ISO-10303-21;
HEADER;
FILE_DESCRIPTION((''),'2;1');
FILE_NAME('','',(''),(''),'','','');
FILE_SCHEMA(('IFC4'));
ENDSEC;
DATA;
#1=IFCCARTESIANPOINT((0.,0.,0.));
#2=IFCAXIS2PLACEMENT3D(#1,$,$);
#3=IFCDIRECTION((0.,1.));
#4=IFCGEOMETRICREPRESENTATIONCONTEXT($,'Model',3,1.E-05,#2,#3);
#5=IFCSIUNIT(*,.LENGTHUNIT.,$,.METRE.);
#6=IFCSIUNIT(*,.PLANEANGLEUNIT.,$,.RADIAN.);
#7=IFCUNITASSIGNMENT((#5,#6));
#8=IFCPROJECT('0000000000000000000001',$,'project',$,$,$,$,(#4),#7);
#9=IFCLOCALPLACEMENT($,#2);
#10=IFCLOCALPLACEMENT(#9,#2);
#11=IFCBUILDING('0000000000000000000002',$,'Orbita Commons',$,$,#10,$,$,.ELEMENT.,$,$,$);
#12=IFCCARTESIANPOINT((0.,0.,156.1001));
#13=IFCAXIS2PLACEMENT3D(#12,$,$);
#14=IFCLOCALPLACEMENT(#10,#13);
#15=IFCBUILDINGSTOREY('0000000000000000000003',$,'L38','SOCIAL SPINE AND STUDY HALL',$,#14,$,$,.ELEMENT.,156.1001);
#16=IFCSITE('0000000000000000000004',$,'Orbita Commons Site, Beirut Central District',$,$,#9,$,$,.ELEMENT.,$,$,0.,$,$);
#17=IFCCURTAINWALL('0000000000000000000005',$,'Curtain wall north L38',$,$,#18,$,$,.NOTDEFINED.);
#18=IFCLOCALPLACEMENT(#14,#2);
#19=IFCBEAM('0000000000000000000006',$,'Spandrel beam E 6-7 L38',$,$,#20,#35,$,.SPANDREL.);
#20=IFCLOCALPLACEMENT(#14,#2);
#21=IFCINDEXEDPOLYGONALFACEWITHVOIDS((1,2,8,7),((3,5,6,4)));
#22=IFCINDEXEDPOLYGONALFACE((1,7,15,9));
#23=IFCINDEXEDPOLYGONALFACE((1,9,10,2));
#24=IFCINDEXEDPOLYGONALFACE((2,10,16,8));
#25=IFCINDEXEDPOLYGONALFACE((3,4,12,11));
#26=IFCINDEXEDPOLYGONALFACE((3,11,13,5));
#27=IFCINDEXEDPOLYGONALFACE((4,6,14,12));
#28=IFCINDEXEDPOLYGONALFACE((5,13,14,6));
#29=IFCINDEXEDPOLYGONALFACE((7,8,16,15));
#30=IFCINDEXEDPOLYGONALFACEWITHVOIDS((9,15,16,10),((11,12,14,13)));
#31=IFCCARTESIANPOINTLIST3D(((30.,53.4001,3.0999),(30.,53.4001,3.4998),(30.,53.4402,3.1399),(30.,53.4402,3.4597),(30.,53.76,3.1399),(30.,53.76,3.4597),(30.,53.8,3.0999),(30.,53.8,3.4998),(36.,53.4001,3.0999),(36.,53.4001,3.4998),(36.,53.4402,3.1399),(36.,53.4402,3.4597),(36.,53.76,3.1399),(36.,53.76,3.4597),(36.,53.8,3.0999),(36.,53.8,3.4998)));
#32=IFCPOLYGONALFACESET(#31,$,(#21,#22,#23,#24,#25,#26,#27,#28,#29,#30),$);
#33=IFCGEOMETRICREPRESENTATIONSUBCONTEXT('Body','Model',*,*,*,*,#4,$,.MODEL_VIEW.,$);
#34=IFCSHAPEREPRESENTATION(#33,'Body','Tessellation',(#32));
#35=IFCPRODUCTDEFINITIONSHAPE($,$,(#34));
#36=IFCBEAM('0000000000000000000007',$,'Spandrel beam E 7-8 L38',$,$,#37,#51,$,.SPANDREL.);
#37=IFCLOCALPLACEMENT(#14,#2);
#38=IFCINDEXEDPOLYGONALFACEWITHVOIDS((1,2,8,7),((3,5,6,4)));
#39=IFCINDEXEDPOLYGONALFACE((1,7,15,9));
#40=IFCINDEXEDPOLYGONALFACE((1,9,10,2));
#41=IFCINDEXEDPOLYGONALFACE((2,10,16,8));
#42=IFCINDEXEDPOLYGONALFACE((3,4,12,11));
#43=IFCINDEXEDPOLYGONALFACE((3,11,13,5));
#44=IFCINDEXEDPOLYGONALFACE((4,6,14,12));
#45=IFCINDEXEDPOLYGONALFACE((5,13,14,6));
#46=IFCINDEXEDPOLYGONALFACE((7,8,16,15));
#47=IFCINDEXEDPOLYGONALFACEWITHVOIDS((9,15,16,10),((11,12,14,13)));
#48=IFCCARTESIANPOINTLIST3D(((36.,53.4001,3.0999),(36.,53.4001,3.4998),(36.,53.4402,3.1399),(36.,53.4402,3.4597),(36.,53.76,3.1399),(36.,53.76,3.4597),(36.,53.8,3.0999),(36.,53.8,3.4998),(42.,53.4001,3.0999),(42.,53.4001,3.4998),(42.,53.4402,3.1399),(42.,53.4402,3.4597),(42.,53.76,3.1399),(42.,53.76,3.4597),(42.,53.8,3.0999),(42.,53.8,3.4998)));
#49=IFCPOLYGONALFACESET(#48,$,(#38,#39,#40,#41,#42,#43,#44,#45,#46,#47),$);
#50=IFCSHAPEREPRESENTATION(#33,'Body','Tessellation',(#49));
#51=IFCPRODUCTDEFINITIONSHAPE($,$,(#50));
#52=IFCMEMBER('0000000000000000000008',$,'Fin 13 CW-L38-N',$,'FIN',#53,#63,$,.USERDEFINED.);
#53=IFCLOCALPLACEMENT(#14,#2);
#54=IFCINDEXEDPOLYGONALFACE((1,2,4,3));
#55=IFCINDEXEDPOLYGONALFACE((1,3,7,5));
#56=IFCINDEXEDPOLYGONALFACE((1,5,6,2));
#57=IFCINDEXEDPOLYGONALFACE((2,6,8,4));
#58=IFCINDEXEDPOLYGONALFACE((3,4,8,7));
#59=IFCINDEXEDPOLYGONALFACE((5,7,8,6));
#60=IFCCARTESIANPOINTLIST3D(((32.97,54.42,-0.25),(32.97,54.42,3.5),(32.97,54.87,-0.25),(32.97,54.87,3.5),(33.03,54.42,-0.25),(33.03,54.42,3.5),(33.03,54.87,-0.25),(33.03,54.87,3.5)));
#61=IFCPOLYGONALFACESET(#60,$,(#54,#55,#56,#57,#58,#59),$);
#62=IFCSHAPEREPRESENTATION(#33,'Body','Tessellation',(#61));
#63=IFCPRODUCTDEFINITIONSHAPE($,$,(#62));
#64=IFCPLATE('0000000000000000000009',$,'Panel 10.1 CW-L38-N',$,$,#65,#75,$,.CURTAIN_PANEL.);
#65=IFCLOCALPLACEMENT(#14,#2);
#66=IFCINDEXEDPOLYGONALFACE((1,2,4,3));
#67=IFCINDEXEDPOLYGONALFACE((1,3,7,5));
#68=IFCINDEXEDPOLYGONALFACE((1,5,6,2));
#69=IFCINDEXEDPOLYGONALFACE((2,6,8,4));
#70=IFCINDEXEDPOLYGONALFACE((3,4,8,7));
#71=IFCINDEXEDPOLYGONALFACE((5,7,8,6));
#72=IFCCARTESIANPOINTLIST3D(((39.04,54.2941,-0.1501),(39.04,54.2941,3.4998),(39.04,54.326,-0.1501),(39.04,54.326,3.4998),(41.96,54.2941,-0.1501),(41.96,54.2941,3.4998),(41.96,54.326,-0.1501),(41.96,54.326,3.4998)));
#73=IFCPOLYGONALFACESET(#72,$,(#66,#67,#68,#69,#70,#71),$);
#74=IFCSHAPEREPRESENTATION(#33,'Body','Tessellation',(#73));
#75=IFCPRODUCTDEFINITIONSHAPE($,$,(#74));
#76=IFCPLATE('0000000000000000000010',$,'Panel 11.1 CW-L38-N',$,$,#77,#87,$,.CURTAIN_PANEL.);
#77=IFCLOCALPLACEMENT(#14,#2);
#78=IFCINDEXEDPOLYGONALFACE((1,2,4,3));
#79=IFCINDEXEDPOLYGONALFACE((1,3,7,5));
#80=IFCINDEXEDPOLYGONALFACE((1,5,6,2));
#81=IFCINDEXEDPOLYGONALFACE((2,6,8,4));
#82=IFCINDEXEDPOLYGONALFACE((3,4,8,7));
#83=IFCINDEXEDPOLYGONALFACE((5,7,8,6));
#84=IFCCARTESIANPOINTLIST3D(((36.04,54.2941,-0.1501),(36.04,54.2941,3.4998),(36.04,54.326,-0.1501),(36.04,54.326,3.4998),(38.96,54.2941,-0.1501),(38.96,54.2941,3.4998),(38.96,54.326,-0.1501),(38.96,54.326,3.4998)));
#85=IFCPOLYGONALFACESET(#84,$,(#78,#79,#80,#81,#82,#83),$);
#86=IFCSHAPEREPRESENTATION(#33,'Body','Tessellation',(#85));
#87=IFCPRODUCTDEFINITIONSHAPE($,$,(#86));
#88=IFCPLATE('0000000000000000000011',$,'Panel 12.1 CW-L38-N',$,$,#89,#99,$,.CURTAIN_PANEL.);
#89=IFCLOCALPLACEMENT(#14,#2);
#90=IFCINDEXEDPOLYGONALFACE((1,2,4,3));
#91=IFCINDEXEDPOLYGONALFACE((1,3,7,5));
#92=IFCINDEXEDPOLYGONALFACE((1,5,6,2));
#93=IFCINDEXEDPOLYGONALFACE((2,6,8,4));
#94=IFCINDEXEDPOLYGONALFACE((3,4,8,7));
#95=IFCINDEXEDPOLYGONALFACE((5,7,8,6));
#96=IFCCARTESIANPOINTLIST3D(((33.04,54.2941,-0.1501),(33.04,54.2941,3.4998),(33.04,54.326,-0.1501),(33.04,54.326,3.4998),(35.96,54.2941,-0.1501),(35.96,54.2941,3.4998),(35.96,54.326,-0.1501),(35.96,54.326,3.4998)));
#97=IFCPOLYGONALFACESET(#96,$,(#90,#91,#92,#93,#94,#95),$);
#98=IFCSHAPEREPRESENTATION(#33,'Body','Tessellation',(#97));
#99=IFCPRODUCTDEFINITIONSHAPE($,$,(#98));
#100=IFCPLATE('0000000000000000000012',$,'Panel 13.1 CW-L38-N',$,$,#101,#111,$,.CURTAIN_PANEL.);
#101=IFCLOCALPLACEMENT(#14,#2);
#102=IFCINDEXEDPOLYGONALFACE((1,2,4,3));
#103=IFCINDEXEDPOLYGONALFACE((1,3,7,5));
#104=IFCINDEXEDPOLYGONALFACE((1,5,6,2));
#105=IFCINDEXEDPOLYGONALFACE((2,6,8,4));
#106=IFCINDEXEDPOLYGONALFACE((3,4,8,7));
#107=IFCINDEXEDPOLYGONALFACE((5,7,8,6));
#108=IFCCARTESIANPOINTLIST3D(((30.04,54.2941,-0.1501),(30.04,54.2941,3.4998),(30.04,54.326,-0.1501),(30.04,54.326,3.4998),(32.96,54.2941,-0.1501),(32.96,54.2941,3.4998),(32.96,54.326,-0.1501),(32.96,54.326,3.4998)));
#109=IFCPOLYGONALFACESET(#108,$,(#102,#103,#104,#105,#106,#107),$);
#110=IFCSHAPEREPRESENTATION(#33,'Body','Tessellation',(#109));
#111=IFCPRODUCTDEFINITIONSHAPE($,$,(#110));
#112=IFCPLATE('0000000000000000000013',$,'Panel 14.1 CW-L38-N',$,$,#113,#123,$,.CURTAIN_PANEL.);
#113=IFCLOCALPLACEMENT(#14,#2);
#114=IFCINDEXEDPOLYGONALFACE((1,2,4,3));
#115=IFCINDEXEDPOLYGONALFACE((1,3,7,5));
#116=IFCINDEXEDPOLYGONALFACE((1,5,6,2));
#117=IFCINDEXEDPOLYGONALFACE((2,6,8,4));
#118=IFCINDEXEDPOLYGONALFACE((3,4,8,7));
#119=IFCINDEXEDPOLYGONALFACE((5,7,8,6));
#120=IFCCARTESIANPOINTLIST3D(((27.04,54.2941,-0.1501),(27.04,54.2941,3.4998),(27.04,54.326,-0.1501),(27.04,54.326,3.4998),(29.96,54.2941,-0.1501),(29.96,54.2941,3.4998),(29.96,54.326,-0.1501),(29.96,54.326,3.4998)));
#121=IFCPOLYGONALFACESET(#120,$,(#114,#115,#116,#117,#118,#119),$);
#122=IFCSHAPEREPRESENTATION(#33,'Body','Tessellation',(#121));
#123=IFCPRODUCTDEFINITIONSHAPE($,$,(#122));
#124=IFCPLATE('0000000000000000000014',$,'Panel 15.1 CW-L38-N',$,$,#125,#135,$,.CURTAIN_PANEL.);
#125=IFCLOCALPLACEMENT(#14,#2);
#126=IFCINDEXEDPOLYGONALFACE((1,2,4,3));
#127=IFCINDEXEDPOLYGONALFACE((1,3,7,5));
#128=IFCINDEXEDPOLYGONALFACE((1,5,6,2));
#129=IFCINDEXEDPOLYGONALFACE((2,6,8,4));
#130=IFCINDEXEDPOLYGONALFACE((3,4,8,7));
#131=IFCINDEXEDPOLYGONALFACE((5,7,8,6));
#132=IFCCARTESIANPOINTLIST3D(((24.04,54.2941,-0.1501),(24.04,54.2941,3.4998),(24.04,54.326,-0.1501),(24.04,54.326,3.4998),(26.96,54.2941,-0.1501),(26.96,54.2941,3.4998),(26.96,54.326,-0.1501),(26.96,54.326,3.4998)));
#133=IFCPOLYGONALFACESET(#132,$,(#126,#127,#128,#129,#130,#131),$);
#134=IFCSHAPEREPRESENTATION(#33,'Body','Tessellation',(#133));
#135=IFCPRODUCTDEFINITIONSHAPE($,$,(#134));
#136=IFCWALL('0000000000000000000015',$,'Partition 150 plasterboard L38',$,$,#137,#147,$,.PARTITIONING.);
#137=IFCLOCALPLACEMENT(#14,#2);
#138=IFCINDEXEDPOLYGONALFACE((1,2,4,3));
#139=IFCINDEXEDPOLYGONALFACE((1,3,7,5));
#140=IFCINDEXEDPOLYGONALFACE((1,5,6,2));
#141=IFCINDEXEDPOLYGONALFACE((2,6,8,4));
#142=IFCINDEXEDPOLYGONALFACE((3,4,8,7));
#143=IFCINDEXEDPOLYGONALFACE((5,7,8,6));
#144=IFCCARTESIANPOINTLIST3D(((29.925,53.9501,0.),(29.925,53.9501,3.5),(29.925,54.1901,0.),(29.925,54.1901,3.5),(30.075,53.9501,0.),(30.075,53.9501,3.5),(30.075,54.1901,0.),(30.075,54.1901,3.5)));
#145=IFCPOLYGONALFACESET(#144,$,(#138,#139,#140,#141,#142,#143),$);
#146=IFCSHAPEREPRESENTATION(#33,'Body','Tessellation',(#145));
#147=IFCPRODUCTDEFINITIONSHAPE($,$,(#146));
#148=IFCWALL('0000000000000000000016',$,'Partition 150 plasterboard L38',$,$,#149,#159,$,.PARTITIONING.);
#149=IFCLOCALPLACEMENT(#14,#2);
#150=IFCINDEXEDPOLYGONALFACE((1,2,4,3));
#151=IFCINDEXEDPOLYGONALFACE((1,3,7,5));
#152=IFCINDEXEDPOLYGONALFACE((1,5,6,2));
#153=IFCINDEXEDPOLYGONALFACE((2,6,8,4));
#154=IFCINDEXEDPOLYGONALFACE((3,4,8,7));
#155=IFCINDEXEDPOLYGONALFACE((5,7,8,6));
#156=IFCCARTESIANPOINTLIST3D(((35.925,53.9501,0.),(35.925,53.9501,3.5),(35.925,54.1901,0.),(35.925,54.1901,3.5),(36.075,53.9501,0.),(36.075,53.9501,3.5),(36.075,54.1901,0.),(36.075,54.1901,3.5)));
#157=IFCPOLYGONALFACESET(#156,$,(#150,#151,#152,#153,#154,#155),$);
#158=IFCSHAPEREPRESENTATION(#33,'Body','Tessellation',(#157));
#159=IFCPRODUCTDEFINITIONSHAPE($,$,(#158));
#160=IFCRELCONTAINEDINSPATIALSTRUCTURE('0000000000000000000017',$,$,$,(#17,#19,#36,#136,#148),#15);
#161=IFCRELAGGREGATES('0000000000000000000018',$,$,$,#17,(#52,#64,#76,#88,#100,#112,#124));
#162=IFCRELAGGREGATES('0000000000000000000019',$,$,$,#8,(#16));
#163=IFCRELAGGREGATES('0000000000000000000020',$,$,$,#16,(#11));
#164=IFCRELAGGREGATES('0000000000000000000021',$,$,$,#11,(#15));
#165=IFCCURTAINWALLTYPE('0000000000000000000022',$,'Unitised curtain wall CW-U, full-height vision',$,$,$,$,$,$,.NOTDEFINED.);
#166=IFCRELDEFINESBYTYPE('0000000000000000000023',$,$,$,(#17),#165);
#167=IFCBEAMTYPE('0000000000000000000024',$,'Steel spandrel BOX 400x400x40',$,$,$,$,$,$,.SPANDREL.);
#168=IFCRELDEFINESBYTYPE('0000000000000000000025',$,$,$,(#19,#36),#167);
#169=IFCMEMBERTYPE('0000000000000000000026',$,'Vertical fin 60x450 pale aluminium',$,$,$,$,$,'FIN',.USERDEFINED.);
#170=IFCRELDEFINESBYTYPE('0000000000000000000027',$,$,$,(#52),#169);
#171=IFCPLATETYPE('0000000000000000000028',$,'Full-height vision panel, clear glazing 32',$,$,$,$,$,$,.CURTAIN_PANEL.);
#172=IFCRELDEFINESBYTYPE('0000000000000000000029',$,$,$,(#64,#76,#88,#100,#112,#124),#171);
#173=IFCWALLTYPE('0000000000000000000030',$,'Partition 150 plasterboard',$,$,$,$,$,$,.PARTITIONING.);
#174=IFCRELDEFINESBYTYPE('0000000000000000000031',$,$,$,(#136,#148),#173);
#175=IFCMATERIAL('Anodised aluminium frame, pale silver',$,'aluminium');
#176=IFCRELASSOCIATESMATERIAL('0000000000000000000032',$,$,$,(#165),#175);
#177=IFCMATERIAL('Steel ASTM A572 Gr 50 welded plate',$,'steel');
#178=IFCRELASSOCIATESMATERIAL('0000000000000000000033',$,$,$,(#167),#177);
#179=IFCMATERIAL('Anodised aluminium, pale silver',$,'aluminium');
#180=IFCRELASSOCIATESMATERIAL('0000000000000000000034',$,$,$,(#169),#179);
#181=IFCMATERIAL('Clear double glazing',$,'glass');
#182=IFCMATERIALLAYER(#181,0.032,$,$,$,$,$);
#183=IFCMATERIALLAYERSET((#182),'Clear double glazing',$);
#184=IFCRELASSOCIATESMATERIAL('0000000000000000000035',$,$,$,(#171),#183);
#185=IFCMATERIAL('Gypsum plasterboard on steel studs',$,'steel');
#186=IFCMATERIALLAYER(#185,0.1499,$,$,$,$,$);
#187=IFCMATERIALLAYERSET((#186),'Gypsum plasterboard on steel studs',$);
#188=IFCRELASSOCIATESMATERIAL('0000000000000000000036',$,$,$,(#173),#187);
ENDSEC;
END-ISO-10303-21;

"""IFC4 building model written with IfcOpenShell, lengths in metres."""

from ifc_helpers import new_model, si_unit, direction, frame, frame_2d, origin, origin_2d, place, context, subcontext, project, spatial, rectangle, hollow_rectangle, extrude, material, layer, layer_set, material_profile, profile_set, type_object, element, aggregate, save


model = new_model("IFC4")

# Units and contexts
model_context = context("Model", 3, precision=1e-05, world=origin(), true_north=direction((0.0, 1.0)))
body_context = subcontext(model_context, "Body", "Model", "MODEL_VIEW")
ifc_project = project(units=[si_unit("LENGTHUNIT", "METRE"), si_unit("PLANEANGLEUNIT", "RADIAN")], contexts=[model_context])

# Site, building, storey
site_placement = place(None, origin())
site = spatial("IfcSite", under=ifc_project, at=site_placement, Name="Orbita Commons Site, Beirut Central District", CompositionType="ELEMENT", RefElevation=0.0)
building_placement = place(site_placement, origin())
building = spatial("IfcBuilding", under=site, at=building_placement, Name="Orbita Commons", CompositionType="ELEMENT")
storey_placement = place(building_placement, frame((0.0, 0.0, 156.1001)))
storey = spatial("IfcBuildingStorey", under=building, at=storey_placement, Name="L38", Description="SOCIAL SPINE AND STUDY HALL", CompositionType="ELEMENT", Elevation=156.1001)

# Curtain wall
ifc_material_1 = material(Name="Anodised aluminium frame, pale silver", Category="aluminium")
curtain_wall_type = type_object("IfcCurtainWallType", Name="Unitised curtain wall CW-U, full-height vision", PredefinedType="NOTDEFINED", material=ifc_material_1)
curtain_wall_placement = place(storey_placement, origin())
curtain_wall = element("IfcCurtainWall", 1, at=curtain_wall_placement, inside=storey, type_object=curtain_wall_type, Name="Curtain wall north L38", PredefinedType="NOTDEFINED")

# Beams
ifc_material_2 = material(Name="Steel ASTM A572 Gr 50 welded plate", Category="steel")
ifc_material_profile_1 = material_profile(ifc_material_2, hollow_rectangle(XDim=0.3999, YDim=0.3999, WallThickness=0.04, at=origin_2d()), Name="BOX 400x400x40")
ifc_profile_set_1 = profile_set([ifc_material_profile_1], Name="Steel ASTM A572 Gr 50 welded plate")
beam_type = type_object("IfcBeamType", Name="Steel spandrel BOX 400x400x40", PredefinedType="SPANDREL", material=ifc_profile_set_1)
for number, where, z_axis, x_axis, name in (
    (2, (30.0, 53.6001, 3.2998), (1.0, 0.0, 0.0), (0.0, 1.0, 0.0), "Spandrel beam E 6-7 L38"),
    (3, (36.0, 53.6001, 3.2998), (1.0, 0.0, 0.0), (0.0, 1.0, 0.0), "Spandrel beam E 7-8 L38"),
):
    element("IfcBeam", number, at=place(storey_placement, frame(where, z_axis=z_axis, x_axis=x_axis)), inside=storey, type_object=beam_type, Name=name, PredefinedType="SPANDREL", context=body_context, shape_type="SweptSolid", body=[
        extrude(hollow_rectangle(XDim=0.3999, YDim=0.3999, WallThickness=0.04, at=origin_2d()), origin(), (0.0, 0.0, 1.0), 6.0),
    ])

# Member
ifc_material_3 = material(Name="Anodised aluminium, pale silver", Category="aluminium")
ifc_material_profile_2 = material_profile(ifc_material_3, rectangle(XDim=0.0601, YDim=0.45, at=origin_2d()), Name="FIN 60x450")
ifc_profile_set_2 = profile_set([ifc_material_profile_2], Name="Anodised aluminium, pale silver")
member_type_1 = type_object("IfcMemberType", Name="Vertical fin 60x450 pale aluminium", ElementType="FIN", PredefinedType="USERDEFINED", material=ifc_profile_set_2)
member_1_placement = place(storey_placement, frame((33.0, 54.645, -0.25), z_axis=(0.0, 0.0, 1.0), x_axis=(-1.0, 0.0, 0.0)))
member_1 = element("IfcMember", 4, at=member_1_placement, type_object=member_type_1, Name="Fin 13 CW-L38-N", ObjectType="FIN", PredefinedType="USERDEFINED", context=body_context, shape_type="SweptSolid", body=[
    extrude(rectangle(XDim=0.0601, YDim=0.45, at=origin_2d()), origin(), (0.0, 0.0, 1.0), 3.75),
])

# Plates
ifc_material_4 = material(Name="Clear double glazing", Category="glass")
ifc_layer_1 = layer(ifc_material_4, 0.032)
ifc_layer_set_1 = layer_set([ifc_layer_1], Name="Clear double glazing")
plate_type = type_object("IfcPlateType", Name="Full-height vision panel, clear glazing 32", PredefinedType="CURTAIN_PANEL", material=ifc_layer_set_1)
plate_1_placement = place(storey_placement, frame((40.5, 54.3101, -0.1501), z_axis=(0.0, 0.0, 1.0), x_axis=(-1.0, 0.0, 0.0)))
plate_1 = element("IfcPlate", 5, at=plate_1_placement, type_object=plate_type, Name="Panel 10.1 CW-L38-N", PredefinedType="CURTAIN_PANEL", context=body_context, shape_type="SweptSolid", body=[
    extrude(rectangle(XDim=2.9199, YDim=0.032, at=origin_2d()), origin(), (0.0, 0.0, 1.0), 3.6499),
])
plate_2_placement = place(storey_placement, frame((37.5, 54.3101, -0.1501), z_axis=(0.0, 0.0, 1.0), x_axis=(-1.0, 0.0, 0.0)))
plate_2 = element("IfcPlate", 6, at=plate_2_placement, type_object=plate_type, Name="Panel 11.1 CW-L38-N", PredefinedType="CURTAIN_PANEL", context=body_context, shape_type="SweptSolid", body=[
    extrude(rectangle(XDim=2.9199, YDim=0.032, at=origin_2d()), origin(), (0.0, 0.0, 1.0), 3.6499),
])
plate_3_placement = place(storey_placement, frame((34.5, 54.3101, -0.1501), z_axis=(0.0, 0.0, 1.0), x_axis=(-1.0, 0.0, 0.0)))
plate_3 = element("IfcPlate", 7, at=plate_3_placement, type_object=plate_type, Name="Panel 12.1 CW-L38-N", PredefinedType="CURTAIN_PANEL", context=body_context, shape_type="SweptSolid", body=[
    extrude(rectangle(XDim=2.9199, YDim=0.032, at=origin_2d()), origin(), (0.0, 0.0, 1.0), 3.6499),
])
plate_4_placement = place(storey_placement, frame((31.5, 54.3101, -0.1501), z_axis=(0.0, 0.0, 1.0), x_axis=(-1.0, 0.0, 0.0)))
plate_4 = element("IfcPlate", 8, at=plate_4_placement, type_object=plate_type, Name="Panel 13.1 CW-L38-N", PredefinedType="CURTAIN_PANEL", context=body_context, shape_type="SweptSolid", body=[
    extrude(rectangle(XDim=2.9199, YDim=0.032, at=origin_2d()), origin(), (0.0, 0.0, 1.0), 3.6499),
])
plate_5_placement = place(storey_placement, frame((28.5, 54.3101, -0.1501), z_axis=(0.0, 0.0, 1.0), x_axis=(-1.0, 0.0, 0.0)))
plate_5 = element("IfcPlate", 9, at=plate_5_placement, type_object=plate_type, Name="Panel 14.1 CW-L38-N", PredefinedType="CURTAIN_PANEL", context=body_context, shape_type="SweptSolid", body=[
    extrude(rectangle(XDim=2.9199, YDim=0.032, at=origin_2d()), origin(), (0.0, 0.0, 1.0), 3.6499),
])
plate_6_placement = place(storey_placement, frame((25.5, 54.3101, -0.1501), z_axis=(0.0, 0.0, 1.0), x_axis=(-1.0, 0.0, 0.0)))
plate_6 = element("IfcPlate", 10, at=plate_6_placement, type_object=plate_type, Name="Panel 15.1 CW-L38-N", PredefinedType="CURTAIN_PANEL", context=body_context, shape_type="SweptSolid", body=[
    extrude(rectangle(XDim=2.9199, YDim=0.032, at=origin_2d()), origin(), (0.0, 0.0, 1.0), 3.6499),
])
aggregate(curtain_wall, [member_1, plate_1, plate_2, plate_3, plate_4, plate_5, plate_6])

# Walls
ifc_material_5 = material(Name="Gypsum plasterboard on steel studs", Category="steel")
ifc_layer_2 = layer(ifc_material_5, 0.1499)
ifc_layer_set_2 = layer_set([ifc_layer_2], Name="Gypsum plasterboard on steel studs")
wall_type = type_object("IfcWallType", Name="Partition 150 plasterboard", PredefinedType="PARTITIONING", material=ifc_layer_set_2)
for number, where, z_axis, x_axis, name in (
    (11, (30.0, 53.95, 0.0), (0.0, 0.0, 1.0), (0.0, 1.0, 0.0), "Partition 150 plasterboard L38"),
    (12, (36.0, 53.95, 0.0), (0.0, 0.0, 1.0), (0.0, 1.0, 0.0), "Partition 150 plasterboard L38"),
):
    element("IfcWall", number, at=place(storey_placement, frame(where, z_axis=z_axis, x_axis=x_axis)), inside=storey, type_object=wall_type, Name=name, PredefinedType="PARTITIONING", context=body_context, shape_type="SweptSolid", body=[
        extrude(rectangle(XDim=0.24, YDim=0.1499, at=frame_2d((0.1201, 0.0))), origin(), (0.0, 0.0, 1.0), 3.5),
    ])

save(model, "model.ifc")
